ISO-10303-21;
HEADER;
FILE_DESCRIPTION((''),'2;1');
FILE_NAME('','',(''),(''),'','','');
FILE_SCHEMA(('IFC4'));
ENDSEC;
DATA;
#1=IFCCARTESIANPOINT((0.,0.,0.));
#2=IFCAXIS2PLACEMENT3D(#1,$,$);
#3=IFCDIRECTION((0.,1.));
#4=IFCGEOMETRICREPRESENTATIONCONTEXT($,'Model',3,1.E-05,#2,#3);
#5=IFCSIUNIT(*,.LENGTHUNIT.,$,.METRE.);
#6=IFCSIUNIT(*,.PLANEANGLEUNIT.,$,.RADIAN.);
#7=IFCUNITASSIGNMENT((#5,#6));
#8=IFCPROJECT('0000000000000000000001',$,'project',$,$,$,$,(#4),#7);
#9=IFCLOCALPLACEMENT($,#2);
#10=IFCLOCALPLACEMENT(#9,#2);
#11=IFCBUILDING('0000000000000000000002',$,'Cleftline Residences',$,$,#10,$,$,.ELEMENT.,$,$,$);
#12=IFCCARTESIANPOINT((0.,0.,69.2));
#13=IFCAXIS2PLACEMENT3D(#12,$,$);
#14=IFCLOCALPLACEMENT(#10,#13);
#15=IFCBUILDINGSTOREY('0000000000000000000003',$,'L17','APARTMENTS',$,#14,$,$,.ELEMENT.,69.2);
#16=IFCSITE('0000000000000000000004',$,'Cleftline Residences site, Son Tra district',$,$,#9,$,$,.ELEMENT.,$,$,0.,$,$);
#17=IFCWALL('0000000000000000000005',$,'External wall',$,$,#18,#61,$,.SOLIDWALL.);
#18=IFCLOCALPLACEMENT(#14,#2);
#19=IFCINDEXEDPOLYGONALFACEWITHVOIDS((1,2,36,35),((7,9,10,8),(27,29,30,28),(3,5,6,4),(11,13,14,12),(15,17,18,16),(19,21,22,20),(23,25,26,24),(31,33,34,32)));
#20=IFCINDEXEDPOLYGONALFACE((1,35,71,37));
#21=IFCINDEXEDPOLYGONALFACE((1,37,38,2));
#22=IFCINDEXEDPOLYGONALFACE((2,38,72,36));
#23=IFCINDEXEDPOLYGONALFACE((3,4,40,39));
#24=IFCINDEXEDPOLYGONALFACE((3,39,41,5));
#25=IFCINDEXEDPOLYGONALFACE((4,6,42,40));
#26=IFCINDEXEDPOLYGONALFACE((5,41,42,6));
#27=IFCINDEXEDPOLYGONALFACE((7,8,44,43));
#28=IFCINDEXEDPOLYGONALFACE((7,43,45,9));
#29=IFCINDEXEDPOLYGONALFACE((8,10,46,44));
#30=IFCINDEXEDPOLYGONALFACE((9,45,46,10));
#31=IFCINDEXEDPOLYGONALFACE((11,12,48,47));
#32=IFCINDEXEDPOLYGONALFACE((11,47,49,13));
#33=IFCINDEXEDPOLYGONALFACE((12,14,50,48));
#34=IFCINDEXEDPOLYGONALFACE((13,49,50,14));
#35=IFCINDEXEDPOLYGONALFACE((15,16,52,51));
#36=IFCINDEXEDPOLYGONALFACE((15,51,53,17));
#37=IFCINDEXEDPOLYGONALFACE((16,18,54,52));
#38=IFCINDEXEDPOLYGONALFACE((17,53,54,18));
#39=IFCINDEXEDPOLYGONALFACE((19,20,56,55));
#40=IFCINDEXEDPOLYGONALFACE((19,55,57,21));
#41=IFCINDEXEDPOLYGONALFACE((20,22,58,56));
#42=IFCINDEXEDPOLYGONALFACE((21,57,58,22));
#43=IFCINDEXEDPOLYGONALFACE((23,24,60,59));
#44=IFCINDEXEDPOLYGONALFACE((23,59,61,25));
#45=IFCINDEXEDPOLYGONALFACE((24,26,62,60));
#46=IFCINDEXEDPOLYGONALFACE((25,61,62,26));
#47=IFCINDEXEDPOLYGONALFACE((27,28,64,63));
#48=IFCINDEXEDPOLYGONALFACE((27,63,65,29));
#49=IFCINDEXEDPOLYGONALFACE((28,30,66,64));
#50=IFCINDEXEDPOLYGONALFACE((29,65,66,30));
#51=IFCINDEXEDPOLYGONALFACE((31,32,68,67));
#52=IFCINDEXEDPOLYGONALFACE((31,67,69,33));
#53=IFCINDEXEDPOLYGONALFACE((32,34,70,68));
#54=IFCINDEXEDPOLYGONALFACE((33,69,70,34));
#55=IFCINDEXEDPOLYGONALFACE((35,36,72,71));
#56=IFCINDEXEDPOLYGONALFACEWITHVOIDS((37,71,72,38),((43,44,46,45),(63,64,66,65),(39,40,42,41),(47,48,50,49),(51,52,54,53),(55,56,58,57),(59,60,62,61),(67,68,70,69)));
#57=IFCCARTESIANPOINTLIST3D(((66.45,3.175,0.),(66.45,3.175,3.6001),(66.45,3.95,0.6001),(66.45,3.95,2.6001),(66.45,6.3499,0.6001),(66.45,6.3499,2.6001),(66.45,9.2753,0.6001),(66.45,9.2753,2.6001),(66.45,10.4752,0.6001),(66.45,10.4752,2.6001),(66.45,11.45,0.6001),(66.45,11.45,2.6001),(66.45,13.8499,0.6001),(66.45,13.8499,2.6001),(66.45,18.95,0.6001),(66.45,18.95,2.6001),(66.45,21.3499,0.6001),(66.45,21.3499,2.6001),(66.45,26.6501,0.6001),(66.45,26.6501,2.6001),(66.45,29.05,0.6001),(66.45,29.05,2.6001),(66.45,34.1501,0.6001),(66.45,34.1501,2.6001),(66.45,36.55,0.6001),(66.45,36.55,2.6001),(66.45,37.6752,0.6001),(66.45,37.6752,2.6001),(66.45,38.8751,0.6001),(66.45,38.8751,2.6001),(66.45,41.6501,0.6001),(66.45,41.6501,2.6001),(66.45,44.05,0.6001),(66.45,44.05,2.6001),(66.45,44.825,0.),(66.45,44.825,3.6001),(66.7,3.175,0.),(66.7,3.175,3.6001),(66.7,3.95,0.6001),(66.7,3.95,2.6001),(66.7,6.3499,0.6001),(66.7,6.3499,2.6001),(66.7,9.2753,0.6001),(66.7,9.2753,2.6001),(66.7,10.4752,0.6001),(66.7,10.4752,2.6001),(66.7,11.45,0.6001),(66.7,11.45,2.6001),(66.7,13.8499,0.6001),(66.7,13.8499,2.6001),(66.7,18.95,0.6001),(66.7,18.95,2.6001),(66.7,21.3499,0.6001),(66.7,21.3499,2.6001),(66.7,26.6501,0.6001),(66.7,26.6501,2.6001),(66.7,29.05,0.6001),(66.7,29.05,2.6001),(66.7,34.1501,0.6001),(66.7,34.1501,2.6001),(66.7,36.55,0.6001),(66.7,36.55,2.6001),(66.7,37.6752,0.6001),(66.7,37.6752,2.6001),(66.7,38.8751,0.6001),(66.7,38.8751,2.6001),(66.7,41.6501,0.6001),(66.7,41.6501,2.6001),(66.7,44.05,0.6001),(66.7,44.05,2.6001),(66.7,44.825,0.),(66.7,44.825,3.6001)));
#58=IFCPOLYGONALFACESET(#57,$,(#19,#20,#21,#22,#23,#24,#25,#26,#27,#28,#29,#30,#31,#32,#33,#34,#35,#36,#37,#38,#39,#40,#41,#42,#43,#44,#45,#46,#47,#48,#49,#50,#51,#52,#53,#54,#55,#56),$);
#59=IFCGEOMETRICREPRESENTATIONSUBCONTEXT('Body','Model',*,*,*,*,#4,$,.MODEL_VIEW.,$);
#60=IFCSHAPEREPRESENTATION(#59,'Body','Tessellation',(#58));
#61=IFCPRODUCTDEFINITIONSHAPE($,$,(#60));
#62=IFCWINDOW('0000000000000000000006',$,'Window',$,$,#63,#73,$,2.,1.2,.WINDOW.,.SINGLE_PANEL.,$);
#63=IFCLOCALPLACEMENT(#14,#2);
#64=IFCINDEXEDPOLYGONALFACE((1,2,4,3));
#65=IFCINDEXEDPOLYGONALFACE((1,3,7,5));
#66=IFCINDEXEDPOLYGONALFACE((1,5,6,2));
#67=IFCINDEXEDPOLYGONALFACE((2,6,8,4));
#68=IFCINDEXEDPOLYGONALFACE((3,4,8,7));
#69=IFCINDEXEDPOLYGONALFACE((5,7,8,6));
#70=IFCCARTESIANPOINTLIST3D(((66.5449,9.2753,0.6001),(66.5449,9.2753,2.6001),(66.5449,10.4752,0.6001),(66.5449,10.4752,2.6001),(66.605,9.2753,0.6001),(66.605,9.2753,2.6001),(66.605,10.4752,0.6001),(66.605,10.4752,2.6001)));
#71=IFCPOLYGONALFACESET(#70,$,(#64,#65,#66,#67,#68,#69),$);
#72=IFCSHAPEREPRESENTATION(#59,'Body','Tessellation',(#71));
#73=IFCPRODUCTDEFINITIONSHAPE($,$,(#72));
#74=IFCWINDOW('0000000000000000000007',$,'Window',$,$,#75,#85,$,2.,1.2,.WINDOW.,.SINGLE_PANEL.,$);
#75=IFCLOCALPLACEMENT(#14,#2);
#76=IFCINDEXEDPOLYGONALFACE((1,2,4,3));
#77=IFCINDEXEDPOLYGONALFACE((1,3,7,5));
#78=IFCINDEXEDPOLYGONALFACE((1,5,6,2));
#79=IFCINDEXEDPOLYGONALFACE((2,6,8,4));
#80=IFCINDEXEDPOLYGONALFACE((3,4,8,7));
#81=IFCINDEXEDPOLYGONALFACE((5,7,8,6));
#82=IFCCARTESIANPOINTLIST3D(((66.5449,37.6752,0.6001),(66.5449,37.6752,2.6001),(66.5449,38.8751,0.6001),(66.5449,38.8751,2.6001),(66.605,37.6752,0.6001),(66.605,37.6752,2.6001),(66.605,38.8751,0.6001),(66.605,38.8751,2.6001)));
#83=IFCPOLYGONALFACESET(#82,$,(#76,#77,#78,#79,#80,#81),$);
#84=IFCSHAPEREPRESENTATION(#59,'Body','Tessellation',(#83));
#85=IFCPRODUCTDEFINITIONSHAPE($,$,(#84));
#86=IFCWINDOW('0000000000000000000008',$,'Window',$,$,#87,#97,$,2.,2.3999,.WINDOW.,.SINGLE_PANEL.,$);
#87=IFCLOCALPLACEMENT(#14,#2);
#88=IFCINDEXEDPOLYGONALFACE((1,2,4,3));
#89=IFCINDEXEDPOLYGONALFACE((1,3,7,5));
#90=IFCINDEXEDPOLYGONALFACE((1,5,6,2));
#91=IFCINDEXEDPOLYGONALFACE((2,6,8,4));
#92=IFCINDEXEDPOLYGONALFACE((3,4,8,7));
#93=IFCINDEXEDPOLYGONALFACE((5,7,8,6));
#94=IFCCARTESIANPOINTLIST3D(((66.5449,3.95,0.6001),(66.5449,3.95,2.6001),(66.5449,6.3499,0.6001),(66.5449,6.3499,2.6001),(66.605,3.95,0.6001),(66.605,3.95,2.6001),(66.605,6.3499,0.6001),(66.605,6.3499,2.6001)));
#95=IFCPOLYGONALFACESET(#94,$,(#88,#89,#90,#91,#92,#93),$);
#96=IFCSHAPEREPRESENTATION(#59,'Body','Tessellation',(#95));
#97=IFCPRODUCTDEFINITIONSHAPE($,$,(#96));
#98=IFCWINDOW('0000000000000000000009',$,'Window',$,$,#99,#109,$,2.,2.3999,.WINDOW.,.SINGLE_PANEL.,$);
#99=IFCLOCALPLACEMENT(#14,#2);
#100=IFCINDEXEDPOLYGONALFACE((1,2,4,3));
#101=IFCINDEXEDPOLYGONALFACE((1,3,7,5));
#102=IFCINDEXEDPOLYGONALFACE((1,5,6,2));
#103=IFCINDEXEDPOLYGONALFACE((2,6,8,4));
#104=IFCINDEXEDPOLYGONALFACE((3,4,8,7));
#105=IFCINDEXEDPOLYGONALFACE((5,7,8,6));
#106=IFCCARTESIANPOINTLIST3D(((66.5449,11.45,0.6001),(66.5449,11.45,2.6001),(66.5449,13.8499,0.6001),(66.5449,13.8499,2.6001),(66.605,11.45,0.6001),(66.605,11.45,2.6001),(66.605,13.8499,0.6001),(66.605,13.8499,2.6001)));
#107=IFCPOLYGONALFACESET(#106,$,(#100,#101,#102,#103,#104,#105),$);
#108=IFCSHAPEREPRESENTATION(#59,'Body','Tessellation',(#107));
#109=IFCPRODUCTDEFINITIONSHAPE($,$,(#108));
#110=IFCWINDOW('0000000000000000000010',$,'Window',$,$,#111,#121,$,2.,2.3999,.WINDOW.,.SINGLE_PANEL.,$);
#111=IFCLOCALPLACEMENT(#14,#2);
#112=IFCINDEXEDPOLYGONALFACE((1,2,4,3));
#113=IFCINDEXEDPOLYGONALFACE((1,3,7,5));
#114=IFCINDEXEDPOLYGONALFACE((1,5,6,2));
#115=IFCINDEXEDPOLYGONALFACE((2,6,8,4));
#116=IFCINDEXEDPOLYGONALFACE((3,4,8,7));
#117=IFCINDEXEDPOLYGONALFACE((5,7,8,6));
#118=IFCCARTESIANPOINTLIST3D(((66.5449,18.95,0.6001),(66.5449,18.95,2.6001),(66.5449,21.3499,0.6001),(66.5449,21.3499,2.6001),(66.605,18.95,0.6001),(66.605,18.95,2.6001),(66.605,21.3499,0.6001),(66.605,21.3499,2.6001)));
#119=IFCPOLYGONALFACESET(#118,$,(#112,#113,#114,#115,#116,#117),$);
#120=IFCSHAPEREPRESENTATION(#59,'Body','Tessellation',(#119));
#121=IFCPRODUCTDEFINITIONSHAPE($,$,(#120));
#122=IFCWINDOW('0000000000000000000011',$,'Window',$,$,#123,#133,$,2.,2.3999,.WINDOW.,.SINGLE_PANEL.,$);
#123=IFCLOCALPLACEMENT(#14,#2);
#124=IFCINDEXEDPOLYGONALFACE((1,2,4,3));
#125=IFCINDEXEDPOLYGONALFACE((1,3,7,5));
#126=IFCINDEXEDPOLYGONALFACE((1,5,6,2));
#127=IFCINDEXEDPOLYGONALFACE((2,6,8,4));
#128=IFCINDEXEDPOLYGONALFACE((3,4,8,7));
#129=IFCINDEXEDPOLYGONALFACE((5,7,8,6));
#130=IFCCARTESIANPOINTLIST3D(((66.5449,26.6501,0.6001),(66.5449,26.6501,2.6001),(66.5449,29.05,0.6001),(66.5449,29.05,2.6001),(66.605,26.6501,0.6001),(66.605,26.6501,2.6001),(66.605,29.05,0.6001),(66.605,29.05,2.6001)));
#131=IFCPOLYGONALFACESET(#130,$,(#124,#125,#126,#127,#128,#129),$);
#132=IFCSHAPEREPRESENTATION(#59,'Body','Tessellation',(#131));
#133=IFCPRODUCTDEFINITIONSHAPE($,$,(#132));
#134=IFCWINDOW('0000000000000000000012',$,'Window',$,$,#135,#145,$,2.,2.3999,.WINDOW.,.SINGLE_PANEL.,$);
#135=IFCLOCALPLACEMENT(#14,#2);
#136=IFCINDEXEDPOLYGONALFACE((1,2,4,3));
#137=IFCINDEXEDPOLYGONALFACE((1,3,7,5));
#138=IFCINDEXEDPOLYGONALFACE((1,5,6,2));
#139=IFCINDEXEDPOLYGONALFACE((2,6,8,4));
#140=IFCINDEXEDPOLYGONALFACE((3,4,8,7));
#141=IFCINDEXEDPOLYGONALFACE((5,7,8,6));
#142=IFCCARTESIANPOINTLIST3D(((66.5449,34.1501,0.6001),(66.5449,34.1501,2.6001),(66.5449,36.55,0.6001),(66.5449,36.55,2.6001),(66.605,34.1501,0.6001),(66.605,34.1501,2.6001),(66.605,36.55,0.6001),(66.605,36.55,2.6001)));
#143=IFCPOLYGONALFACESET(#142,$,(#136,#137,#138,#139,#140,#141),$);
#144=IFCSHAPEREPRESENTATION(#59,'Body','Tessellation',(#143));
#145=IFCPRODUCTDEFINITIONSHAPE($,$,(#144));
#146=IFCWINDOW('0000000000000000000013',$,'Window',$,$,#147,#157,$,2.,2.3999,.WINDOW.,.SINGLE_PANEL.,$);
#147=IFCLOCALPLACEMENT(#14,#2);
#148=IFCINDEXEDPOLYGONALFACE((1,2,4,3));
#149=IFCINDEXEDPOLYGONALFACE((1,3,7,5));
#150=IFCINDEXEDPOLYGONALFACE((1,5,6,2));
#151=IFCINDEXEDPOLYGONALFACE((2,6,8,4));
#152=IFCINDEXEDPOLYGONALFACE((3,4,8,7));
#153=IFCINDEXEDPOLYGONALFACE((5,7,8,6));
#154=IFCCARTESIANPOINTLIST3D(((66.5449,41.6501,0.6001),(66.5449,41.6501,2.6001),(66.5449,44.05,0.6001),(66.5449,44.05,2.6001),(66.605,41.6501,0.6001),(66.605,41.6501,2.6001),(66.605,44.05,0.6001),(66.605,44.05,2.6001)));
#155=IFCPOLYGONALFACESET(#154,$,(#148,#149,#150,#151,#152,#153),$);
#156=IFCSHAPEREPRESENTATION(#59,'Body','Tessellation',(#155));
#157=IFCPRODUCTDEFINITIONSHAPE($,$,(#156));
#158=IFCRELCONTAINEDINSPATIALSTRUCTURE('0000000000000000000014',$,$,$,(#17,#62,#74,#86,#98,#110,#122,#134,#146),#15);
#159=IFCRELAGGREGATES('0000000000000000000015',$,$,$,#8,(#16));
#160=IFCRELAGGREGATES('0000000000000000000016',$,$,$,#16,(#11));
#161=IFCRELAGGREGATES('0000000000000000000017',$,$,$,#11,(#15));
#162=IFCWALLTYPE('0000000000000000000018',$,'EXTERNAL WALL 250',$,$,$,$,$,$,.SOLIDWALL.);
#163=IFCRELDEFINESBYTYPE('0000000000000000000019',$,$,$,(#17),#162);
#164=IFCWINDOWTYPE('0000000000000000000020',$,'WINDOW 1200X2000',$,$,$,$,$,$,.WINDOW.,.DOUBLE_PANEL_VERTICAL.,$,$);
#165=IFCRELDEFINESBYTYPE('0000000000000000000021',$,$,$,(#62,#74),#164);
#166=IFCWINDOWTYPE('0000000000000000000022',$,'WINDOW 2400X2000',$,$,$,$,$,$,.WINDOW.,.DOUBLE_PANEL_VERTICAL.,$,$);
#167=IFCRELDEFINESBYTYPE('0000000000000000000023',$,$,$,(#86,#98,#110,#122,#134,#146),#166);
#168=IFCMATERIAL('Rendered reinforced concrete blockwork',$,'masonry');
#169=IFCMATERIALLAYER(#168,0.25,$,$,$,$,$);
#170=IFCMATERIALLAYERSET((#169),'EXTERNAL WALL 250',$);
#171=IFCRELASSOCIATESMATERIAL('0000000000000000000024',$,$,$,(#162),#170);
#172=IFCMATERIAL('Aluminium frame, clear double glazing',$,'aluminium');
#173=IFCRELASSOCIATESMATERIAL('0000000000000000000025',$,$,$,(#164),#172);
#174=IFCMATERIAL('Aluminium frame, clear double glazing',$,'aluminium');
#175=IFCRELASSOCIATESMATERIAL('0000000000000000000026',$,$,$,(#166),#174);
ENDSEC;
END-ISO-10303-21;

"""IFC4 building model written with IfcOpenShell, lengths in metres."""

from ifc_helpers import new_model, si_unit, direction, frame, frame_2d, origin, place, context, subcontext, project, spatial, rectangle, extrude, material, layer, layer_set, type_object, element, fill, save


model = new_model("IFC4")

# Units and contexts
model_context = context("Model", 3, precision=1e-05, world=origin(), true_north=direction((0.0, 1.0)))
body_context = subcontext(model_context, "Body", "Model", "MODEL_VIEW")
ifc_project = project(units=[si_unit("LENGTHUNIT", "METRE"), si_unit("PLANEANGLEUNIT", "RADIAN")], contexts=[model_context])

# Site, building, storey
site_placement = place(None, origin())
site = spatial("IfcSite", under=ifc_project, at=site_placement, Name="Cleftline Residences site, Son Tra district", CompositionType="ELEMENT", RefElevation=0.0)
building_placement = place(site_placement, origin())
building = spatial("IfcBuilding", under=site, at=building_placement, Name="Cleftline Residences", CompositionType="ELEMENT")
storey_placement = place(building_placement, frame((0.0, 0.0, 69.2)))
storey = spatial("IfcBuildingStorey", under=building, at=storey_placement, Name="L17", Description="APARTMENTS", CompositionType="ELEMENT", Elevation=69.2)

# Wall, openings, windows
ifc_material_1 = material(Name="Rendered reinforced concrete blockwork", Category="masonry")
ifc_layer_1 = layer(ifc_material_1, 0.25)
ifc_layer_set_1 = layer_set([ifc_layer_1], Name="EXTERNAL WALL 250")
wall_type_1 = type_object("IfcWallType", Name="EXTERNAL WALL 250", PredefinedType="SOLIDWALL", material=ifc_layer_set_1)
ifc_material_2 = material(Name="Aluminium frame, clear double glazing", Category="aluminium")
window_type_1 = type_object("IfcWindowType", Name="WINDOW 1200X2000", PartitioningType="DOUBLE_PANEL_VERTICAL", PredefinedType="WINDOW", material=ifc_material_2)
wall_1_placement = place(storey_placement, frame((66.575, 3.175, 0.0), z_axis=(0.0, 0.0, 1.0), x_axis=(0.0, 1.0, 0.0)))
wall_1 = element("IfcWall", 1, at=wall_1_placement, inside=storey, type_object=wall_type_1, Name="External wall", PredefinedType="SOLIDWALL", context=body_context, shape_type="SweptSolid", body=[
    extrude(rectangle(XDim=41.6499, YDim=0.25, at=frame_2d((20.825, 0.0))), origin(), (0.0, 0.0, 1.0), 3.6001),
])
opening_1_placement = place(wall_1_placement, frame((0.7749, 0.0, 0.6001)))
opening_1 = element("IfcOpeningElement", 2, at=opening_1_placement, cuts=wall_1, PredefinedType="OPENING", context=body_context, shape_type="SweptSolid", body=[
    extrude(rectangle(XDim=2.3999, YDim=2.0, at=frame_2d((1.2, 1.0))), frame((0.0, 0.135, 0.0), z_axis=(0.0, -1.0, 0.0), x_axis=(1.0, 0.0, 0.0)), (0.0, 0.0, 1.0), 0.27),
])
opening_2_placement = place(wall_1_placement, frame((6.1001, 0.0, 0.6001)))
opening_2 = element("IfcOpeningElement", 3, at=opening_2_placement, cuts=wall_1, PredefinedType="OPENING", context=body_context, shape_type="SweptSolid", body=[
    extrude(rectangle(XDim=1.2, YDim=2.0, at=frame_2d((0.6001, 1.0))), frame((0.0, 0.135, 0.0), z_axis=(0.0, -1.0, 0.0), x_axis=(1.0, 0.0, 0.0)), (0.0, 0.0, 1.0), 0.27),
])
opening_3_placement = place(wall_1_placement, frame((8.2749, 0.0, 0.6001)))
opening_3 = element("IfcOpeningElement", 4, at=opening_3_placement, cuts=wall_1, PredefinedType="OPENING", context=body_context, shape_type="SweptSolid", body=[
    extrude(rectangle(XDim=2.3999, YDim=2.0, at=frame_2d((1.2, 1.0))), frame((0.0, 0.135, 0.0), z_axis=(0.0, -1.0, 0.0), x_axis=(1.0, 0.0, 0.0)), (0.0, 0.0, 1.0), 0.27),
])
opening_4_placement = place(wall_1_placement, frame((15.7749, 0.0, 0.6001)))
opening_4 = element("IfcOpeningElement", 5, at=opening_4_placement, cuts=wall_1, PredefinedType="OPENING", context=body_context, shape_type="SweptSolid", body=[
    extrude(rectangle(XDim=2.3999, YDim=2.0, at=frame_2d((1.2, 1.0))), frame((0.0, 0.135, 0.0), z_axis=(0.0, -1.0, 0.0), x_axis=(1.0, 0.0, 0.0)), (0.0, 0.0, 1.0), 0.27),
])
opening_5_placement = place(wall_1_placement, frame((23.4751, 0.0, 0.6001)))
opening_5 = element("IfcOpeningElement", 6, at=opening_5_placement, cuts=wall_1, PredefinedType="OPENING", context=body_context, shape_type="SweptSolid", body=[
    extrude(rectangle(XDim=2.3999, YDim=2.0, at=frame_2d((1.2, 1.0))), frame((0.0, 0.135, 0.0), z_axis=(0.0, -1.0, 0.0), x_axis=(1.0, 0.0, 0.0)), (0.0, 0.0, 1.0), 0.27),
])
opening_6_placement = place(wall_1_placement, frame((30.9751, 0.0, 0.6001)))
opening_6 = element("IfcOpeningElement", 7, at=opening_6_placement, cuts=wall_1, PredefinedType="OPENING", context=body_context, shape_type="SweptSolid", body=[
    extrude(rectangle(XDim=2.3999, YDim=2.0, at=frame_2d((1.2, 1.0))), frame((0.0, 0.135, 0.0), z_axis=(0.0, -1.0, 0.0), x_axis=(1.0, 0.0, 0.0)), (0.0, 0.0, 1.0), 0.27),
])
opening_7_placement = place(wall_1_placement, frame((34.5, 0.0, 0.6001)))
opening_7 = element("IfcOpeningElement", 8, at=opening_7_placement, cuts=wall_1, PredefinedType="OPENING", context=body_context, shape_type="SweptSolid", body=[
    extrude(rectangle(XDim=1.2, YDim=2.0, at=frame_2d((0.6001, 1.0))), frame((0.0, 0.135, 0.0), z_axis=(0.0, -1.0, 0.0), x_axis=(1.0, 0.0, 0.0)), (0.0, 0.0, 1.0), 0.27),
])
opening_8_placement = place(wall_1_placement, frame((38.4751, 0.0, 0.6001)))
opening_8 = element("IfcOpeningElement", 9, at=opening_8_placement, cuts=wall_1, PredefinedType="OPENING", context=body_context, shape_type="SweptSolid", body=[
    extrude(rectangle(XDim=2.3999, YDim=2.0, at=frame_2d((1.2, 1.0))), frame((0.0, 0.135, 0.0), z_axis=(0.0, -1.0, 0.0), x_axis=(1.0, 0.0, 0.0)), (0.0, 0.0, 1.0), 0.27),
])
window_1_placement = place(opening_2_placement, origin())
window_1 = element("IfcWindow", 10, at=window_1_placement, inside=storey, type_object=window_type_1, Name="Window", OverallHeight=2.0, OverallWidth=1.2, PartitioningType="SINGLE_PANEL", PredefinedType="WINDOW", context=body_context, shape_type="SweptSolid", body=[
    extrude(rectangle(XDim=1.2, YDim=2.0, at=frame_2d((0.6001, 1.0))), frame((0.0, 0.03, 0.0), z_axis=(0.0, -1.0, 0.0), x_axis=(1.0, 0.0, 0.0)), (0.0, 0.0, 1.0), 0.0601),
])
fill(opening_2, window_1)
window_2_placement = place(opening_7_placement, origin())
window_2 = element("IfcWindow", 11, at=window_2_placement, inside=storey, type_object=window_type_1, Name="Window", OverallHeight=2.0, OverallWidth=1.2, PartitioningType="SINGLE_PANEL", PredefinedType="WINDOW", context=body_context, shape_type="SweptSolid", body=[
    extrude(rectangle(XDim=1.2, YDim=2.0, at=frame_2d((0.6001, 1.0))), frame((0.0, 0.03, 0.0), z_axis=(0.0, -1.0, 0.0), x_axis=(1.0, 0.0, 0.0)), (0.0, 0.0, 1.0), 0.0601),
])
fill(opening_7, window_2)
ifc_material_3 = material(Name="Aluminium frame, clear double glazing", Category="aluminium")
window_type_2 = type_object("IfcWindowType", Name="WINDOW 2400X2000", PartitioningType="DOUBLE_PANEL_VERTICAL", PredefinedType="WINDOW", material=ifc_material_3)
window_3_placement = place(opening_1_placement, origin())
window_3 = element("IfcWindow", 12, at=window_3_placement, inside=storey, type_object=window_type_2, Name="Window", OverallHeight=2.0, OverallWidth=2.3999, PartitioningType="SINGLE_PANEL", PredefinedType="WINDOW", context=body_context, shape_type="SweptSolid", body=[
    extrude(rectangle(XDim=2.3999, YDim=2.0, at=frame_2d((1.2, 1.0))), frame((0.0, 0.03, 0.0), z_axis=(0.0, -1.0, 0.0), x_axis=(1.0, 0.0, 0.0)), (0.0, 0.0, 1.0), 0.0601),
])
fill(opening_1, window_3)
window_4_placement = place(opening_3_placement, origin())
window_4 = element("IfcWindow", 13, at=window_4_placement, inside=storey, type_object=window_type_2, Name="Window", OverallHeight=2.0, OverallWidth=2.3999, PartitioningType="SINGLE_PANEL", PredefinedType="WINDOW", context=body_context, shape_type="SweptSolid", body=[
    extrude(rectangle(XDim=2.3999, YDim=2.0, at=frame_2d((1.2, 1.0))), frame((0.0, 0.03, 0.0), z_axis=(0.0, -1.0, 0.0), x_axis=(1.0, 0.0, 0.0)), (0.0, 0.0, 1.0), 0.0601),
])
fill(opening_3, window_4)
window_5_placement = place(opening_4_placement, origin())
window_5 = element("IfcWindow", 14, at=window_5_placement, inside=storey, type_object=window_type_2, Name="Window", OverallHeight=2.0, OverallWidth=2.3999, PartitioningType="SINGLE_PANEL", PredefinedType="WINDOW", context=body_context, shape_type="SweptSolid", body=[
    extrude(rectangle(XDim=2.3999, YDim=2.0, at=frame_2d((1.2, 1.0))), frame((0.0, 0.03, 0.0), z_axis=(0.0, -1.0, 0.0), x_axis=(1.0, 0.0, 0.0)), (0.0, 0.0, 1.0), 0.0601),
])
fill(opening_4, window_5)
window_6_placement = place(opening_5_placement, origin())
window_6 = element("IfcWindow", 15, at=window_6_placement, inside=storey, type_object=window_type_2, Name="Window", OverallHeight=2.0, OverallWidth=2.3999, PartitioningType="SINGLE_PANEL", PredefinedType="WINDOW", context=body_context, shape_type="SweptSolid", body=[
    extrude(rectangle(XDim=2.3999, YDim=2.0, at=frame_2d((1.2, 1.0))), frame((0.0, 0.03, 0.0), z_axis=(0.0, -1.0, 0.0), x_axis=(1.0, 0.0, 0.0)), (0.0, 0.0, 1.0), 0.0601),
])
fill(opening_5, window_6)
window_7_placement = place(opening_6_placement, origin())
window_7 = element("IfcWindow", 16, at=window_7_placement, inside=storey, type_object=window_type_2, Name="Window", OverallHeight=2.0, OverallWidth=2.3999, PartitioningType="SINGLE_PANEL", PredefinedType="WINDOW", context=body_context, shape_type="SweptSolid", body=[
    extrude(rectangle(XDim=2.3999, YDim=2.0, at=frame_2d((1.2, 1.0))), frame((0.0, 0.03, 0.0), z_axis=(0.0, -1.0, 0.0), x_axis=(1.0, 0.0, 0.0)), (0.0, 0.0, 1.0), 0.0601),
])
fill(opening_6, window_7)
window_8_placement = place(opening_8_placement, origin())
window_8 = element("IfcWindow", 17, at=window_8_placement, inside=storey, type_object=window_type_2, Name="Window", OverallHeight=2.0, OverallWidth=2.3999, PartitioningType="SINGLE_PANEL", PredefinedType="WINDOW", context=body_context, shape_type="SweptSolid", body=[
    extrude(rectangle(XDim=2.3999, YDim=2.0, at=frame_2d((1.2, 1.0))), frame((0.0, 0.03, 0.0), z_axis=(0.0, -1.0, 0.0), x_axis=(1.0, 0.0, 0.0)), (0.0, 0.0, 1.0), 0.0601),
])
fill(opening_8, window_8)

save(model, "model.ifc")
